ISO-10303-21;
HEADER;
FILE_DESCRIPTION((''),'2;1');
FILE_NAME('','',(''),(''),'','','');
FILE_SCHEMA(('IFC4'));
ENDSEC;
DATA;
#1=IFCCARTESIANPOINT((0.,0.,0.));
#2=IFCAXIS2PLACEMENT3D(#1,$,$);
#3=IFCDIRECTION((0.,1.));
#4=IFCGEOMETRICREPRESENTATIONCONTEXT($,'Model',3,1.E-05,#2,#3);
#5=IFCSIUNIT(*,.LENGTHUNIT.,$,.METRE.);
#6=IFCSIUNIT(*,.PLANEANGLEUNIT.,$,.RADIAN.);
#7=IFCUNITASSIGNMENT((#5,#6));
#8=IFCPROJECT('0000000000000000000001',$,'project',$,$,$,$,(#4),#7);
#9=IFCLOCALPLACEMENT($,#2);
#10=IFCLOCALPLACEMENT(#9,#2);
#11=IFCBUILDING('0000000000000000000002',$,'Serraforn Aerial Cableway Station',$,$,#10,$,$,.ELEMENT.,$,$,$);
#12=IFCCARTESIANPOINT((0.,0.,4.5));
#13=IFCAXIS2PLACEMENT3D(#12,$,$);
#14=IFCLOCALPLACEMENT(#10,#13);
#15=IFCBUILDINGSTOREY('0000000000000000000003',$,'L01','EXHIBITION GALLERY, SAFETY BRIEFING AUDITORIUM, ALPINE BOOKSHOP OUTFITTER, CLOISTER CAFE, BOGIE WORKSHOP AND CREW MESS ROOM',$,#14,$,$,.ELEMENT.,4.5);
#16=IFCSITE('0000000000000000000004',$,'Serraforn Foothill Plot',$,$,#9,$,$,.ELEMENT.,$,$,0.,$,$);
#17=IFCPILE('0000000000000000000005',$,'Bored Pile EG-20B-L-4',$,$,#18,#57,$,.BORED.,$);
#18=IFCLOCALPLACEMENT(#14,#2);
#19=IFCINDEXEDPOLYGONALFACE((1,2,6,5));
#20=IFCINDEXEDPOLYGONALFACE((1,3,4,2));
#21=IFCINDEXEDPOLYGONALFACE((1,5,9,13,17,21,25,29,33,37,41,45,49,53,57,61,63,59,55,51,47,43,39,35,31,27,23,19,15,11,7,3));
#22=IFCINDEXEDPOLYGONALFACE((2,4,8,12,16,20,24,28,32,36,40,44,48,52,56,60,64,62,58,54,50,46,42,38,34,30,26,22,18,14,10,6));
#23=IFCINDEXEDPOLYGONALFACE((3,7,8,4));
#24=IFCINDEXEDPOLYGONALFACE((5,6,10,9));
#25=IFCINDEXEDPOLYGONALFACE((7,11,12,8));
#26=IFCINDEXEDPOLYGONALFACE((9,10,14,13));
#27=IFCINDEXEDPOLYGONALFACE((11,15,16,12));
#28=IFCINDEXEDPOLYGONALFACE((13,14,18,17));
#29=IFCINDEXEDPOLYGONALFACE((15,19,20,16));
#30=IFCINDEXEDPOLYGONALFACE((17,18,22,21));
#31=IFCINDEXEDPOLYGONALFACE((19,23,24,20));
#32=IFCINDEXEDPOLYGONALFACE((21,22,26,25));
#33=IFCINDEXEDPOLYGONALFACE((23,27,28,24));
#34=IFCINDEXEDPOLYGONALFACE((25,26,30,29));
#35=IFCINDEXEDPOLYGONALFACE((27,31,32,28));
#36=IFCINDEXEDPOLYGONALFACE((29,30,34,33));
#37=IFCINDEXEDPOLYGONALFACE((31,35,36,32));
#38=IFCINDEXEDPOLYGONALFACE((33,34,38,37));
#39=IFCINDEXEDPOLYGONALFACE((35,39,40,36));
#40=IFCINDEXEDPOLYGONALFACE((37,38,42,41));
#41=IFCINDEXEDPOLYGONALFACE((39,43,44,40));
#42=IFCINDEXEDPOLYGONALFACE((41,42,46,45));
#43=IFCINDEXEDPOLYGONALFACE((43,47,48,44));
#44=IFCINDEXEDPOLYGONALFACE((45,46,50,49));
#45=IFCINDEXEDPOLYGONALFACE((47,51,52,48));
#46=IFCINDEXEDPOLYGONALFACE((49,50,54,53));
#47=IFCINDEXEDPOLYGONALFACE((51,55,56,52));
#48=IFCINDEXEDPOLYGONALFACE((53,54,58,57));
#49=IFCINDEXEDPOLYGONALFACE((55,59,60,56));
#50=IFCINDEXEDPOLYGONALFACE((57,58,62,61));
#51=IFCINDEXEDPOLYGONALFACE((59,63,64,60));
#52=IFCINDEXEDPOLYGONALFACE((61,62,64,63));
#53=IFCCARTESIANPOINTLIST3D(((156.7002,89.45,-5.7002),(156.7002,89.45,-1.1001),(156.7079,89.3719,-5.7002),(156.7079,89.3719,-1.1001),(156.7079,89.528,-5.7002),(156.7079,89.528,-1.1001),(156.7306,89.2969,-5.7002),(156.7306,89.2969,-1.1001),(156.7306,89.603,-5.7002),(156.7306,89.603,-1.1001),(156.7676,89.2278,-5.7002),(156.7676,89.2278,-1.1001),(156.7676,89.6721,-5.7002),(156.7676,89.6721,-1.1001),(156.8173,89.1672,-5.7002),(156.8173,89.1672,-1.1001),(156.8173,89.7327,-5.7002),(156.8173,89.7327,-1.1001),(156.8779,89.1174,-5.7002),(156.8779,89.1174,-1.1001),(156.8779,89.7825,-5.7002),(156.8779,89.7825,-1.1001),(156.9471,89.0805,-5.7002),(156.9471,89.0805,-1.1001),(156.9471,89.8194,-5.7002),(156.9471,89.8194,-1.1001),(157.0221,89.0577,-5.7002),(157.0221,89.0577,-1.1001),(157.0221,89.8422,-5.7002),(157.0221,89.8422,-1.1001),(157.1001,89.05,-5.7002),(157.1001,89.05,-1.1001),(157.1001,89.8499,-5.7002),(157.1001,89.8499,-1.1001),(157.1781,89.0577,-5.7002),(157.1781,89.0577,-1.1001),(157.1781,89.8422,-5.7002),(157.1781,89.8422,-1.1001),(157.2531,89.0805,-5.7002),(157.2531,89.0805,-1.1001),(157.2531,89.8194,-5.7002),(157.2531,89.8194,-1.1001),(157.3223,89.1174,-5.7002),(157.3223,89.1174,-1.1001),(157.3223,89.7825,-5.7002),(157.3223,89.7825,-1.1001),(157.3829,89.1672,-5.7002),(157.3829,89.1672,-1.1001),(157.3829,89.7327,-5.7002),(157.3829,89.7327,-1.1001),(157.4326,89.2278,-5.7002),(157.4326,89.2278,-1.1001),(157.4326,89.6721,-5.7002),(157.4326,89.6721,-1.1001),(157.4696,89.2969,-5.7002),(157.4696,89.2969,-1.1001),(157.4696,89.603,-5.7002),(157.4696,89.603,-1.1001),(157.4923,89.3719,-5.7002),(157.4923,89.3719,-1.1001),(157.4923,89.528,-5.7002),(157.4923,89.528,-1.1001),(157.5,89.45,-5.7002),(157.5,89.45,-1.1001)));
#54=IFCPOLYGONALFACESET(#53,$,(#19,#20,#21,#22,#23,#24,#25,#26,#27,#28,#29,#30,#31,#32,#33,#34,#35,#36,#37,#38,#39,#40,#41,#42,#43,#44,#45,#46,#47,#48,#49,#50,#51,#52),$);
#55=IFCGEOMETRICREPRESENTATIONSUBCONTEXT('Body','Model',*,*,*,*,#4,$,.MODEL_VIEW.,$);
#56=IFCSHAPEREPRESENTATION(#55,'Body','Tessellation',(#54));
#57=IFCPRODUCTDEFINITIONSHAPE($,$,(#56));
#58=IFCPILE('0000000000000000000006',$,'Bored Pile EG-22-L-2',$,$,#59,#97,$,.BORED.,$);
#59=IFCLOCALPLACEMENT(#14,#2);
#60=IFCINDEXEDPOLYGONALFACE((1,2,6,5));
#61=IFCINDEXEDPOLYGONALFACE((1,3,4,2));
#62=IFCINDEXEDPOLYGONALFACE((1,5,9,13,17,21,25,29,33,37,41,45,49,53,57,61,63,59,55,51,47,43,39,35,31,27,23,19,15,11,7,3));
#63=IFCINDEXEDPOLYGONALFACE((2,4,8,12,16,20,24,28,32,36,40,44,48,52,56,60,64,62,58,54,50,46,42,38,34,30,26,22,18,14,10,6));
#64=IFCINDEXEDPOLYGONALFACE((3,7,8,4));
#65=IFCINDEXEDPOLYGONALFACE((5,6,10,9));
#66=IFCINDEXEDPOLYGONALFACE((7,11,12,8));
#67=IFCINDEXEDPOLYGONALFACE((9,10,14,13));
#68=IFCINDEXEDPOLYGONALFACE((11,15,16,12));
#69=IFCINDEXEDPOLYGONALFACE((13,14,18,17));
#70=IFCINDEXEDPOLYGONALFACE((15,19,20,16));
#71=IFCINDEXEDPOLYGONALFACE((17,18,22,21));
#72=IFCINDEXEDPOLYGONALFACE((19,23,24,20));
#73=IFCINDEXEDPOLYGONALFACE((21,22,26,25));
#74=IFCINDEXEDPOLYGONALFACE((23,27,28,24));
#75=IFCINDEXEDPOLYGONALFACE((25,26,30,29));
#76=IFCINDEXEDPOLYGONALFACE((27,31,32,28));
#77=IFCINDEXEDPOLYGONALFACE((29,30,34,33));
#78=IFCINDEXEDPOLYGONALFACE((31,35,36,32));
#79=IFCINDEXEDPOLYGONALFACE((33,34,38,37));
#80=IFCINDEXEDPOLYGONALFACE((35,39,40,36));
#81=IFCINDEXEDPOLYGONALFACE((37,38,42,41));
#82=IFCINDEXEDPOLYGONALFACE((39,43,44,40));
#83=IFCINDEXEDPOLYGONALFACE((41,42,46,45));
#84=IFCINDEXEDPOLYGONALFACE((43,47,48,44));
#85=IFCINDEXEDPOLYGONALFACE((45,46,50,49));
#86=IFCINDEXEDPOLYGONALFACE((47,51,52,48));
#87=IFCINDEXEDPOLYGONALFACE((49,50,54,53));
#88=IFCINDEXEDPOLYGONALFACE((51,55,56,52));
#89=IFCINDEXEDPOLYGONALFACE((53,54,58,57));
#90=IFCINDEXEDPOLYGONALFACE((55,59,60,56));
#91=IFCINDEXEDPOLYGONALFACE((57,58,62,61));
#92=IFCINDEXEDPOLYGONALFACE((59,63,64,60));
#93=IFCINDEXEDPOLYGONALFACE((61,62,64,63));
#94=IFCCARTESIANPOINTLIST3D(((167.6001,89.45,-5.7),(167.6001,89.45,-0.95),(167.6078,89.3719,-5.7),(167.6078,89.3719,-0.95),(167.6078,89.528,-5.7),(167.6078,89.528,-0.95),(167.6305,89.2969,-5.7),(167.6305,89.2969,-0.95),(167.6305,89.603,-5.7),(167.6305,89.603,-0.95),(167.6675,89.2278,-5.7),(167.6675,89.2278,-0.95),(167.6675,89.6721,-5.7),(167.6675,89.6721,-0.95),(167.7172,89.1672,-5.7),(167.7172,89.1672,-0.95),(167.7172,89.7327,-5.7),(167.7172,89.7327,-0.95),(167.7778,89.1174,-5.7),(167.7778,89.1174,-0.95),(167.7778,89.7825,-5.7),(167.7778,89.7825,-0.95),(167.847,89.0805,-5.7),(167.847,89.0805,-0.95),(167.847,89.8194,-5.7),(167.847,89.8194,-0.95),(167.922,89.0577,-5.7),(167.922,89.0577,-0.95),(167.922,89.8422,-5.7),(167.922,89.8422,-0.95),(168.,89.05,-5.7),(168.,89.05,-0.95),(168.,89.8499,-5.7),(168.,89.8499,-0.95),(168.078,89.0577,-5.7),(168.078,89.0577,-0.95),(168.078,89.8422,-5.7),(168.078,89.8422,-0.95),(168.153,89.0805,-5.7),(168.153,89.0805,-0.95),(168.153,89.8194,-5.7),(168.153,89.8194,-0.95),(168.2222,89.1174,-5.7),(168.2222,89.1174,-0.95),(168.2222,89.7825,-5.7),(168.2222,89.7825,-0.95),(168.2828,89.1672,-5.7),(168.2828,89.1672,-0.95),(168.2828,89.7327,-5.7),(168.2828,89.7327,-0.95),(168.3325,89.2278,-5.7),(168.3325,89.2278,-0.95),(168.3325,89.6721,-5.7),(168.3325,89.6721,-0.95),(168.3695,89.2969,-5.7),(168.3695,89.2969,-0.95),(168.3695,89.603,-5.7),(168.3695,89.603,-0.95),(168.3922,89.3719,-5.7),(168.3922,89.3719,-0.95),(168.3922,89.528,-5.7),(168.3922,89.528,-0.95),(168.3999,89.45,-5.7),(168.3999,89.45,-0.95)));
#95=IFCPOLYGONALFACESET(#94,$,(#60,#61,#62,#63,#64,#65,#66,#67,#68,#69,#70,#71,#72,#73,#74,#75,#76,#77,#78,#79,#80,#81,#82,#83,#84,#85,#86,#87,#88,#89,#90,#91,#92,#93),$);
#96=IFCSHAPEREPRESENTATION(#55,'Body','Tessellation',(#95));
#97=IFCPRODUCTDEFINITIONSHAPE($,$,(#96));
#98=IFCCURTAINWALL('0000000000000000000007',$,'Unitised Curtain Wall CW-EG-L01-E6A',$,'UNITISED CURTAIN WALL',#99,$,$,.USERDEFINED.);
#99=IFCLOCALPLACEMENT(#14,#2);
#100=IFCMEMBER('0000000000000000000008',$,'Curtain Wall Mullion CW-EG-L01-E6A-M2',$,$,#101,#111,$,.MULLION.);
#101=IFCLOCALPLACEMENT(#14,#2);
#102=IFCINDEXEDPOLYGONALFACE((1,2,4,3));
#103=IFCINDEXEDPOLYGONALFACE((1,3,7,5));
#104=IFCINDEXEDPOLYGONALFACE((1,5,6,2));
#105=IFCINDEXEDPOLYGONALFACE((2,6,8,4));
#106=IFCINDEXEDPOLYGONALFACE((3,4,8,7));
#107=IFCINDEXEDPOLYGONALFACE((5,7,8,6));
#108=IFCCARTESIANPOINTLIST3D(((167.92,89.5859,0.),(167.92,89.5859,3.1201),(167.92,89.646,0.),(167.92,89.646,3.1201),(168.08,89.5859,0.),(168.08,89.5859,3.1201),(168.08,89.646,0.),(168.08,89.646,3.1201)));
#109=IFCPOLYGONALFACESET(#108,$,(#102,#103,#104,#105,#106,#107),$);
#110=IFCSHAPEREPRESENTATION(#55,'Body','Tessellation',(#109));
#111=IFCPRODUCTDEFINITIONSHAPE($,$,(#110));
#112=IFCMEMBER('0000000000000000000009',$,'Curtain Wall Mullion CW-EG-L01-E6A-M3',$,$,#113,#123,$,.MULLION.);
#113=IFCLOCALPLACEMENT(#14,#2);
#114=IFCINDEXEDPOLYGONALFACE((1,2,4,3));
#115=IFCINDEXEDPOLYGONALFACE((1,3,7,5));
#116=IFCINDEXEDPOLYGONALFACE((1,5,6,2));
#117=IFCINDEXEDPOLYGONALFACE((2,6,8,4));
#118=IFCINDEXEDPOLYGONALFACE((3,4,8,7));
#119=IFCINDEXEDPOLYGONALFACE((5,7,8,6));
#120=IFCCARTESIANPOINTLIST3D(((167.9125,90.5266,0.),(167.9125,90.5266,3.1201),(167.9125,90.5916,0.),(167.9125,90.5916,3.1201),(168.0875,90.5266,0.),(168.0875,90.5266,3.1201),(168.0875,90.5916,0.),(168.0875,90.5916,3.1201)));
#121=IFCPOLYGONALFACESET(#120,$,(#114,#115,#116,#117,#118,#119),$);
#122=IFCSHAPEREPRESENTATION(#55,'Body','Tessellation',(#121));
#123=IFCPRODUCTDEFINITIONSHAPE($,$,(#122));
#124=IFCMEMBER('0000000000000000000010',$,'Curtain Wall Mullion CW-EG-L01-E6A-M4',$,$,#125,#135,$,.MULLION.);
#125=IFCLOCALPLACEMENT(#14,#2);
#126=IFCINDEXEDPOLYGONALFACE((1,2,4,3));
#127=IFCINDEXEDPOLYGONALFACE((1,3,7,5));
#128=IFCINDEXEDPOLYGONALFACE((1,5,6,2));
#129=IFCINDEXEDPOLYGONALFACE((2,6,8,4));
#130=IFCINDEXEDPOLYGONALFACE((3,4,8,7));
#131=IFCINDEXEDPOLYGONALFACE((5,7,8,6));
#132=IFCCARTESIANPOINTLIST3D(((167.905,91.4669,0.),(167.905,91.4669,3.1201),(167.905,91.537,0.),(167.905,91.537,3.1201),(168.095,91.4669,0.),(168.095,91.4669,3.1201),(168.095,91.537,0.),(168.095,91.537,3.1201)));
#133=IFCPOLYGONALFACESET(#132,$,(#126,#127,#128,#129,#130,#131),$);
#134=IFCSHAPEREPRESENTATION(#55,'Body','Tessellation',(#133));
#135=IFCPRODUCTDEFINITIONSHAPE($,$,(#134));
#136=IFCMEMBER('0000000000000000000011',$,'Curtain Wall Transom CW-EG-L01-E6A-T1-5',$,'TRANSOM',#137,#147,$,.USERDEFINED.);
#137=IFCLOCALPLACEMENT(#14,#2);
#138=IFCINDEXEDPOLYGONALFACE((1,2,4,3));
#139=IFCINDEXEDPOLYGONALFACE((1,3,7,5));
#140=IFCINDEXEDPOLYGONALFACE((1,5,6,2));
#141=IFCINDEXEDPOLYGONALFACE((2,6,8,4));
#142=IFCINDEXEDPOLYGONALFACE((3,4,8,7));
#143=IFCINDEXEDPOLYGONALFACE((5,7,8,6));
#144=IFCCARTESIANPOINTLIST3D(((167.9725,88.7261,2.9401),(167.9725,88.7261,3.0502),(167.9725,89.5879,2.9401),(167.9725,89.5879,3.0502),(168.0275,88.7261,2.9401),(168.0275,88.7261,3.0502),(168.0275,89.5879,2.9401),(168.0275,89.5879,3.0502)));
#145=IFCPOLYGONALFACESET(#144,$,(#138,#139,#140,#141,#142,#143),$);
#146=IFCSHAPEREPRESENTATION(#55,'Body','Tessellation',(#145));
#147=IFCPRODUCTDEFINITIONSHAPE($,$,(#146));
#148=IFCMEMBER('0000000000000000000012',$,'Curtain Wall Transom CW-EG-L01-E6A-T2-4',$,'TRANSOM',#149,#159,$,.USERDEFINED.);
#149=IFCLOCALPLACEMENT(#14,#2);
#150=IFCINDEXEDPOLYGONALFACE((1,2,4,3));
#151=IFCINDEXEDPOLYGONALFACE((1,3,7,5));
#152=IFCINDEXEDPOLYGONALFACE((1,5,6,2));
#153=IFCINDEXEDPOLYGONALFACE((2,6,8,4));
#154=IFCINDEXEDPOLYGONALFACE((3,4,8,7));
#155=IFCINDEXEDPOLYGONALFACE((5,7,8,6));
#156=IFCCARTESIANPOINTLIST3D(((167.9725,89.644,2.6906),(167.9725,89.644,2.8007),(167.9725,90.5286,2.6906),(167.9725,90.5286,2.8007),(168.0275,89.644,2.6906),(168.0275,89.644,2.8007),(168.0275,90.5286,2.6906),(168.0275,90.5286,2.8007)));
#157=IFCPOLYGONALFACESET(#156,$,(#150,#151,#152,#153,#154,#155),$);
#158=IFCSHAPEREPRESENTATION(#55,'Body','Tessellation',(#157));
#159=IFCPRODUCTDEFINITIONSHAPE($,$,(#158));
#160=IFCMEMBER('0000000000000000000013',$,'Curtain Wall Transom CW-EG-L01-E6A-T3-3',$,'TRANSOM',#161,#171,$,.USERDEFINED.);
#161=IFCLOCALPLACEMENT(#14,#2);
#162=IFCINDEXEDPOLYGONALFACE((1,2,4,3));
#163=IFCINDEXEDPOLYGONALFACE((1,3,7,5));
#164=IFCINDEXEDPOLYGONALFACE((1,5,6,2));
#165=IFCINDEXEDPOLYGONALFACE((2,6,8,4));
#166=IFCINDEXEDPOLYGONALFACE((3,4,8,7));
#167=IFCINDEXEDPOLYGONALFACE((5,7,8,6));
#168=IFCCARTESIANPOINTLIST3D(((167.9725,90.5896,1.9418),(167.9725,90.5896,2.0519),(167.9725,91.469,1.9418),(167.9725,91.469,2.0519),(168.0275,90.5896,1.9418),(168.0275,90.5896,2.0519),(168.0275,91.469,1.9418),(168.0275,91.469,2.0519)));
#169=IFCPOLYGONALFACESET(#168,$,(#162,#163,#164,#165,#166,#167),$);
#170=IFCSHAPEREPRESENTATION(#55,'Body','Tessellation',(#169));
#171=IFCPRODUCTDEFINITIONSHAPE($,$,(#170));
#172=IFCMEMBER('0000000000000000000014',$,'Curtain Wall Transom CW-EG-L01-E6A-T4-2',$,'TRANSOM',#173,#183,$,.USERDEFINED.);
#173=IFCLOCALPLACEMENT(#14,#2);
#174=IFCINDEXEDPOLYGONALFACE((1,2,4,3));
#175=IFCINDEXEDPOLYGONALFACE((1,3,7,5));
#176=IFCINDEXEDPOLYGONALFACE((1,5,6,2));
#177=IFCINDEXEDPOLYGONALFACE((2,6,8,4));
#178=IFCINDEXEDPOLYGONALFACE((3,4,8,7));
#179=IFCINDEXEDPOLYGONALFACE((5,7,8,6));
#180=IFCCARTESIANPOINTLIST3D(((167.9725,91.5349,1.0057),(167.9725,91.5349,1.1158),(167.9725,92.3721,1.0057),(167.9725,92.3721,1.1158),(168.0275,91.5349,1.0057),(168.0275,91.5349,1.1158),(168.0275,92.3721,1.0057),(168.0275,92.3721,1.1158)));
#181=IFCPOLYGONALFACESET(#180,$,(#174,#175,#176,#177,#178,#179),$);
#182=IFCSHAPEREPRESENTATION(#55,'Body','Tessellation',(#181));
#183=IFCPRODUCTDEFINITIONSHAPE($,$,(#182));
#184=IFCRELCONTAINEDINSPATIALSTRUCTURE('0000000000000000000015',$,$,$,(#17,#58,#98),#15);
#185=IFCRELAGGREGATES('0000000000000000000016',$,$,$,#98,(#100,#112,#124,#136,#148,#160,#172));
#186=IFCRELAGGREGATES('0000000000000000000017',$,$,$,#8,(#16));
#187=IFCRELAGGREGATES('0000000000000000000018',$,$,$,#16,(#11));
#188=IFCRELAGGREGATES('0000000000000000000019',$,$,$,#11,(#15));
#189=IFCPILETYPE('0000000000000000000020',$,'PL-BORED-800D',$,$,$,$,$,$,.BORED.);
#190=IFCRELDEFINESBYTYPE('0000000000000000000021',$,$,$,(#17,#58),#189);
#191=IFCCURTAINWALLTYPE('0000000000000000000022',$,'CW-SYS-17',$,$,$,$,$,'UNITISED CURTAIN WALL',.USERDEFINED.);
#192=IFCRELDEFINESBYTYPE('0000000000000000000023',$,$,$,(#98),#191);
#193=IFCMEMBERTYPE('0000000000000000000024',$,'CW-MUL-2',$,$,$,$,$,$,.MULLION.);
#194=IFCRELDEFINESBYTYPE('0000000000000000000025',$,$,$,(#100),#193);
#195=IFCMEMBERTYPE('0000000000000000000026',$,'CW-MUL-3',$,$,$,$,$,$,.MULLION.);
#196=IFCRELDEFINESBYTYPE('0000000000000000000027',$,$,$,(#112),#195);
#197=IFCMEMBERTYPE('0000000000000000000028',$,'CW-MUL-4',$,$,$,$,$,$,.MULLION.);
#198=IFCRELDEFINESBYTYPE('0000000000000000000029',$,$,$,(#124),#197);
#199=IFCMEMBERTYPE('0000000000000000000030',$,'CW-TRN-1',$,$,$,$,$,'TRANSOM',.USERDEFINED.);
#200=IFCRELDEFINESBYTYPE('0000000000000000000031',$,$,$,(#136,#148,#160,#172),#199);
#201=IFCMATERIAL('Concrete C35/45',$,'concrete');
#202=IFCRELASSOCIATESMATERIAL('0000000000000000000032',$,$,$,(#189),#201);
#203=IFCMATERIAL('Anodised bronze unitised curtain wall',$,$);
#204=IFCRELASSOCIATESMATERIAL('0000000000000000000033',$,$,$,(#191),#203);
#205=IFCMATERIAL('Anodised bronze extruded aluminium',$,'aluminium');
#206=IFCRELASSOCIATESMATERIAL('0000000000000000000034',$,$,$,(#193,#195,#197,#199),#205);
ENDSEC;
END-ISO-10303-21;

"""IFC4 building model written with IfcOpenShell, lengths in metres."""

from ifc_helpers import new_model, si_unit, direction, frame, origin, origin_2d, place, context, subcontext, project, spatial, rectangle, circle, extrude, material, material_profile, profile_set, type_object, element, aggregate, save


model = new_model("IFC4")

# Units and contexts
model_context = context("Model", 3, precision=1e-05, world=origin(), true_north=direction((0.0, 1.0)))
body_context = subcontext(model_context, "Body", "Model", "MODEL_VIEW")
ifc_project = project(units=[si_unit("LENGTHUNIT", "METRE"), si_unit("PLANEANGLEUNIT", "RADIAN")], contexts=[model_context])

# Site, building, storey
site_placement = place(None, origin())
site = spatial("IfcSite", under=ifc_project, at=site_placement, Name="Serraforn Foothill Plot", CompositionType="ELEMENT", RefElevation=0.0)
building_placement = place(site_placement, origin())
building = spatial("IfcBuilding", under=site, at=building_placement, Name="Serraforn Aerial Cableway Station", CompositionType="ELEMENT")
storey_placement = place(building_placement, frame((0.0, 0.0, 4.5)))
storey = spatial("IfcBuildingStorey", under=building, at=storey_placement, Name="L01", Description="EXHIBITION GALLERY, SAFETY BRIEFING AUDITORIUM, ALPINE BOOKSHOP OUTFITTER, CLOISTER CAFE, BOGIE WORKSHOP AND CREW MESS ROOM", CompositionType="ELEMENT", Elevation=4.5)

# Piles
ifc_material_1 = material(Name="Concrete C35/45", Category="concrete")
ifc_material_profile_1 = material_profile(ifc_material_1, circle(Radius=0.3999, at=origin_2d()), Name="BORED PILE D800")
ifc_profile_set_1 = profile_set([ifc_material_profile_1], Name="Concrete C35/45")
pile_type = type_object("IfcPileType", Name="PL-BORED-800D", PredefinedType="BORED", material=ifc_profile_set_1)
pile_1_placement = place(storey_placement, frame((157.1001, 89.45, -1.1001), z_axis=(0.0, 0.0, -1.0), x_axis=(1.0, 0.0, 0.0)))
element("IfcPile", 1, at=pile_1_placement, inside=storey, type_object=pile_type, Name="Bored Pile EG-20B-L-4", PredefinedType="BORED", context=body_context, shape_type="SweptSolid", body=[
    extrude(circle(Radius=0.3999, at=origin_2d()), origin(), (0.0, 0.0, 1.0), 4.6001),
])
pile_2_placement = place(storey_placement, frame((168.0, 89.45, -0.95), z_axis=(0.0, 0.0, -1.0), x_axis=(1.0, 0.0, 0.0)))
element("IfcPile", 2, at=pile_2_placement, inside=storey, type_object=pile_type, Name="Bored Pile EG-22-L-2", PredefinedType="BORED", context=body_context, shape_type="SweptSolid", body=[
    extrude(circle(Radius=0.3999, at=origin_2d()), origin(), (0.0, 0.0, 1.0), 4.75),
])

# Curtain wall, members
ifc_material_2 = material(Name="Anodised bronze unitised curtain wall")
curtain_wall_type = type_object("IfcCurtainWallType", Name="CW-SYS-17", ElementType="UNITISED CURTAIN WALL", PredefinedType="USERDEFINED", material=ifc_material_2)
curtain_wall_placement = place(storey_placement, origin())
curtain_wall = element("IfcCurtainWall", 3, at=curtain_wall_placement, inside=storey, type_object=curtain_wall_type, Name="Unitised Curtain Wall CW-EG-L01-E6A", ObjectType="UNITISED CURTAIN WALL", PredefinedType="USERDEFINED")
ifc_material_3 = material(Name="Anodised bronze extruded aluminium", Category="aluminium")
ifc_material_profile_2 = material_profile(ifc_material_3, rectangle(XDim=0.0601, YDim=0.1599, at=origin_2d()), Name="CW MULLION 60x160")
ifc_profile_set_2 = profile_set([ifc_material_profile_2], Name="Anodised bronze extruded aluminium")
member_type_1 = type_object("IfcMemberType", Name="CW-MUL-2", PredefinedType="MULLION", material=ifc_profile_set_2)
member_1_placement = place(storey_placement, frame((168.0, 89.616, 0.0), z_axis=(0.0, 0.0, 1.0), x_axis=(0.0, 1.0, 0.0)))
member_1 = element("IfcMember", 4, at=member_1_placement, type_object=member_type_1, Name="Curtain Wall Mullion CW-EG-L01-E6A-M2", PredefinedType="MULLION", context=body_context, shape_type="SweptSolid", body=[
    extrude(rectangle(XDim=0.0601, YDim=0.1599, at=origin_2d()), origin(), (0.0, 0.0, 1.0), 3.1201),
])
ifc_material_profile_3 = material_profile(ifc_material_3, rectangle(XDim=0.0649, YDim=0.175, at=origin_2d()), Name="CW MULLION 65x175")
ifc_profile_set_3 = profile_set([ifc_material_profile_3], Name="Anodised bronze extruded aluminium")
member_type_2 = type_object("IfcMemberType", Name="CW-MUL-3", PredefinedType="MULLION", material=ifc_profile_set_3)
member_2_placement = place(storey_placement, frame((168.0, 90.5591, 0.0), z_axis=(0.0, 0.0, 1.0), x_axis=(0.0, 1.0, 0.0)))
member_2 = element("IfcMember", 5, at=member_2_placement, type_object=member_type_2, Name="Curtain Wall Mullion CW-EG-L01-E6A-M3", PredefinedType="MULLION", context=body_context, shape_type="SweptSolid", body=[
    extrude(rectangle(XDim=0.0649, YDim=0.175, at=origin_2d()), origin(), (0.0, 0.0, 1.0), 3.1201),
])
ifc_material_profile_4 = material_profile(ifc_material_3, rectangle(XDim=0.0701, YDim=0.1899, at=origin_2d()), Name="CW MULLION 70x190")
ifc_profile_set_4 = profile_set([ifc_material_profile_4], Name="Anodised bronze extruded aluminium")
member_type_3 = type_object("IfcMemberType", Name="CW-MUL-4", PredefinedType="MULLION", material=ifc_profile_set_4)
member_3_placement = place(storey_placement, frame((168.0, 91.502, 0.0), z_axis=(0.0, 0.0, 1.0), x_axis=(0.0, 1.0, 0.0)))
member_3 = element("IfcMember", 6, at=member_3_placement, type_object=member_type_3, Name="Curtain Wall Mullion CW-EG-L01-E6A-M4", PredefinedType="MULLION", context=body_context, shape_type="SweptSolid", body=[
    extrude(rectangle(XDim=0.0701, YDim=0.1899, at=origin_2d()), origin(), (0.0, 0.0, 1.0), 3.1201),
])
ifc_material_profile_5 = material_profile(ifc_material_3, rectangle(XDim=0.0549, YDim=0.1101, at=origin_2d()), Name="CW TRANSOM 55x110")
ifc_profile_set_5 = profile_set([ifc_material_profile_5], Name="Anodised bronze extruded aluminium")
member_type_4 = type_object("IfcMemberType", Name="CW-TRN-1", ElementType="TRANSOM", PredefinedType="USERDEFINED", material=ifc_profile_set_5)
member_4_placement = place(storey_placement, frame((168.0, 88.7261, 2.9951), z_axis=(0.0, 1.0, 0.0), x_axis=(-1.0, 0.0, 0.0)))
member_4 = element("IfcMember", 7, at=member_4_placement, type_object=member_type_4, Name="Curtain Wall Transom CW-EG-L01-E6A-T1-5", ObjectType="TRANSOM", PredefinedType="USERDEFINED", context=body_context, shape_type="SweptSolid", body=[
    extrude(rectangle(XDim=0.0549, YDim=0.1101, at=origin_2d()), origin(), (0.0, 0.0, 1.0), 0.8618),
])
member_5_placement = place(storey_placement, frame((168.0, 89.644, 2.7456), z_axis=(0.0, 1.0, 0.0), x_axis=(-1.0, 0.0, 0.0)))
member_5 = element("IfcMember", 8, at=member_5_placement, type_object=member_type_4, Name="Curtain Wall Transom CW-EG-L01-E6A-T2-4", ObjectType="TRANSOM", PredefinedType="USERDEFINED", context=body_context, shape_type="SweptSolid", body=[
    extrude(rectangle(XDim=0.0549, YDim=0.1101, at=origin_2d()), origin(), (0.0, 0.0, 1.0), 0.8845),
])
member_6_placement = place(storey_placement, frame((168.0, 90.5896, 1.9968), z_axis=(0.0, 1.0, 0.0), x_axis=(-1.0, 0.0, 0.0)))
member_6 = element("IfcMember", 9, at=member_6_placement, type_object=member_type_4, Name="Curtain Wall Transom CW-EG-L01-E6A-T3-3", ObjectType="TRANSOM", PredefinedType="USERDEFINED", context=body_context, shape_type="SweptSolid", body=[
    extrude(rectangle(XDim=0.0549, YDim=0.1101, at=origin_2d()), origin(), (0.0, 0.0, 1.0), 0.8794),
])
member_7_placement = place(storey_placement, frame((168.0, 91.5349, 1.0608), z_axis=(0.0, 1.0, 0.0), x_axis=(-1.0, 0.0, 0.0)))
member_7 = element("IfcMember", 10, at=member_7_placement, type_object=member_type_4, Name="Curtain Wall Transom CW-EG-L01-E6A-T4-2", ObjectType="TRANSOM", PredefinedType="USERDEFINED", context=body_context, shape_type="SweptSolid", body=[
    extrude(rectangle(XDim=0.0549, YDim=0.1101, at=origin_2d()), origin(), (0.0, 0.0, 1.0), 0.8372),
])
aggregate(curtain_wall, [member_1, member_2, member_3, member_4, member_5, member_6, member_7])

save(model, "model.ifc")
